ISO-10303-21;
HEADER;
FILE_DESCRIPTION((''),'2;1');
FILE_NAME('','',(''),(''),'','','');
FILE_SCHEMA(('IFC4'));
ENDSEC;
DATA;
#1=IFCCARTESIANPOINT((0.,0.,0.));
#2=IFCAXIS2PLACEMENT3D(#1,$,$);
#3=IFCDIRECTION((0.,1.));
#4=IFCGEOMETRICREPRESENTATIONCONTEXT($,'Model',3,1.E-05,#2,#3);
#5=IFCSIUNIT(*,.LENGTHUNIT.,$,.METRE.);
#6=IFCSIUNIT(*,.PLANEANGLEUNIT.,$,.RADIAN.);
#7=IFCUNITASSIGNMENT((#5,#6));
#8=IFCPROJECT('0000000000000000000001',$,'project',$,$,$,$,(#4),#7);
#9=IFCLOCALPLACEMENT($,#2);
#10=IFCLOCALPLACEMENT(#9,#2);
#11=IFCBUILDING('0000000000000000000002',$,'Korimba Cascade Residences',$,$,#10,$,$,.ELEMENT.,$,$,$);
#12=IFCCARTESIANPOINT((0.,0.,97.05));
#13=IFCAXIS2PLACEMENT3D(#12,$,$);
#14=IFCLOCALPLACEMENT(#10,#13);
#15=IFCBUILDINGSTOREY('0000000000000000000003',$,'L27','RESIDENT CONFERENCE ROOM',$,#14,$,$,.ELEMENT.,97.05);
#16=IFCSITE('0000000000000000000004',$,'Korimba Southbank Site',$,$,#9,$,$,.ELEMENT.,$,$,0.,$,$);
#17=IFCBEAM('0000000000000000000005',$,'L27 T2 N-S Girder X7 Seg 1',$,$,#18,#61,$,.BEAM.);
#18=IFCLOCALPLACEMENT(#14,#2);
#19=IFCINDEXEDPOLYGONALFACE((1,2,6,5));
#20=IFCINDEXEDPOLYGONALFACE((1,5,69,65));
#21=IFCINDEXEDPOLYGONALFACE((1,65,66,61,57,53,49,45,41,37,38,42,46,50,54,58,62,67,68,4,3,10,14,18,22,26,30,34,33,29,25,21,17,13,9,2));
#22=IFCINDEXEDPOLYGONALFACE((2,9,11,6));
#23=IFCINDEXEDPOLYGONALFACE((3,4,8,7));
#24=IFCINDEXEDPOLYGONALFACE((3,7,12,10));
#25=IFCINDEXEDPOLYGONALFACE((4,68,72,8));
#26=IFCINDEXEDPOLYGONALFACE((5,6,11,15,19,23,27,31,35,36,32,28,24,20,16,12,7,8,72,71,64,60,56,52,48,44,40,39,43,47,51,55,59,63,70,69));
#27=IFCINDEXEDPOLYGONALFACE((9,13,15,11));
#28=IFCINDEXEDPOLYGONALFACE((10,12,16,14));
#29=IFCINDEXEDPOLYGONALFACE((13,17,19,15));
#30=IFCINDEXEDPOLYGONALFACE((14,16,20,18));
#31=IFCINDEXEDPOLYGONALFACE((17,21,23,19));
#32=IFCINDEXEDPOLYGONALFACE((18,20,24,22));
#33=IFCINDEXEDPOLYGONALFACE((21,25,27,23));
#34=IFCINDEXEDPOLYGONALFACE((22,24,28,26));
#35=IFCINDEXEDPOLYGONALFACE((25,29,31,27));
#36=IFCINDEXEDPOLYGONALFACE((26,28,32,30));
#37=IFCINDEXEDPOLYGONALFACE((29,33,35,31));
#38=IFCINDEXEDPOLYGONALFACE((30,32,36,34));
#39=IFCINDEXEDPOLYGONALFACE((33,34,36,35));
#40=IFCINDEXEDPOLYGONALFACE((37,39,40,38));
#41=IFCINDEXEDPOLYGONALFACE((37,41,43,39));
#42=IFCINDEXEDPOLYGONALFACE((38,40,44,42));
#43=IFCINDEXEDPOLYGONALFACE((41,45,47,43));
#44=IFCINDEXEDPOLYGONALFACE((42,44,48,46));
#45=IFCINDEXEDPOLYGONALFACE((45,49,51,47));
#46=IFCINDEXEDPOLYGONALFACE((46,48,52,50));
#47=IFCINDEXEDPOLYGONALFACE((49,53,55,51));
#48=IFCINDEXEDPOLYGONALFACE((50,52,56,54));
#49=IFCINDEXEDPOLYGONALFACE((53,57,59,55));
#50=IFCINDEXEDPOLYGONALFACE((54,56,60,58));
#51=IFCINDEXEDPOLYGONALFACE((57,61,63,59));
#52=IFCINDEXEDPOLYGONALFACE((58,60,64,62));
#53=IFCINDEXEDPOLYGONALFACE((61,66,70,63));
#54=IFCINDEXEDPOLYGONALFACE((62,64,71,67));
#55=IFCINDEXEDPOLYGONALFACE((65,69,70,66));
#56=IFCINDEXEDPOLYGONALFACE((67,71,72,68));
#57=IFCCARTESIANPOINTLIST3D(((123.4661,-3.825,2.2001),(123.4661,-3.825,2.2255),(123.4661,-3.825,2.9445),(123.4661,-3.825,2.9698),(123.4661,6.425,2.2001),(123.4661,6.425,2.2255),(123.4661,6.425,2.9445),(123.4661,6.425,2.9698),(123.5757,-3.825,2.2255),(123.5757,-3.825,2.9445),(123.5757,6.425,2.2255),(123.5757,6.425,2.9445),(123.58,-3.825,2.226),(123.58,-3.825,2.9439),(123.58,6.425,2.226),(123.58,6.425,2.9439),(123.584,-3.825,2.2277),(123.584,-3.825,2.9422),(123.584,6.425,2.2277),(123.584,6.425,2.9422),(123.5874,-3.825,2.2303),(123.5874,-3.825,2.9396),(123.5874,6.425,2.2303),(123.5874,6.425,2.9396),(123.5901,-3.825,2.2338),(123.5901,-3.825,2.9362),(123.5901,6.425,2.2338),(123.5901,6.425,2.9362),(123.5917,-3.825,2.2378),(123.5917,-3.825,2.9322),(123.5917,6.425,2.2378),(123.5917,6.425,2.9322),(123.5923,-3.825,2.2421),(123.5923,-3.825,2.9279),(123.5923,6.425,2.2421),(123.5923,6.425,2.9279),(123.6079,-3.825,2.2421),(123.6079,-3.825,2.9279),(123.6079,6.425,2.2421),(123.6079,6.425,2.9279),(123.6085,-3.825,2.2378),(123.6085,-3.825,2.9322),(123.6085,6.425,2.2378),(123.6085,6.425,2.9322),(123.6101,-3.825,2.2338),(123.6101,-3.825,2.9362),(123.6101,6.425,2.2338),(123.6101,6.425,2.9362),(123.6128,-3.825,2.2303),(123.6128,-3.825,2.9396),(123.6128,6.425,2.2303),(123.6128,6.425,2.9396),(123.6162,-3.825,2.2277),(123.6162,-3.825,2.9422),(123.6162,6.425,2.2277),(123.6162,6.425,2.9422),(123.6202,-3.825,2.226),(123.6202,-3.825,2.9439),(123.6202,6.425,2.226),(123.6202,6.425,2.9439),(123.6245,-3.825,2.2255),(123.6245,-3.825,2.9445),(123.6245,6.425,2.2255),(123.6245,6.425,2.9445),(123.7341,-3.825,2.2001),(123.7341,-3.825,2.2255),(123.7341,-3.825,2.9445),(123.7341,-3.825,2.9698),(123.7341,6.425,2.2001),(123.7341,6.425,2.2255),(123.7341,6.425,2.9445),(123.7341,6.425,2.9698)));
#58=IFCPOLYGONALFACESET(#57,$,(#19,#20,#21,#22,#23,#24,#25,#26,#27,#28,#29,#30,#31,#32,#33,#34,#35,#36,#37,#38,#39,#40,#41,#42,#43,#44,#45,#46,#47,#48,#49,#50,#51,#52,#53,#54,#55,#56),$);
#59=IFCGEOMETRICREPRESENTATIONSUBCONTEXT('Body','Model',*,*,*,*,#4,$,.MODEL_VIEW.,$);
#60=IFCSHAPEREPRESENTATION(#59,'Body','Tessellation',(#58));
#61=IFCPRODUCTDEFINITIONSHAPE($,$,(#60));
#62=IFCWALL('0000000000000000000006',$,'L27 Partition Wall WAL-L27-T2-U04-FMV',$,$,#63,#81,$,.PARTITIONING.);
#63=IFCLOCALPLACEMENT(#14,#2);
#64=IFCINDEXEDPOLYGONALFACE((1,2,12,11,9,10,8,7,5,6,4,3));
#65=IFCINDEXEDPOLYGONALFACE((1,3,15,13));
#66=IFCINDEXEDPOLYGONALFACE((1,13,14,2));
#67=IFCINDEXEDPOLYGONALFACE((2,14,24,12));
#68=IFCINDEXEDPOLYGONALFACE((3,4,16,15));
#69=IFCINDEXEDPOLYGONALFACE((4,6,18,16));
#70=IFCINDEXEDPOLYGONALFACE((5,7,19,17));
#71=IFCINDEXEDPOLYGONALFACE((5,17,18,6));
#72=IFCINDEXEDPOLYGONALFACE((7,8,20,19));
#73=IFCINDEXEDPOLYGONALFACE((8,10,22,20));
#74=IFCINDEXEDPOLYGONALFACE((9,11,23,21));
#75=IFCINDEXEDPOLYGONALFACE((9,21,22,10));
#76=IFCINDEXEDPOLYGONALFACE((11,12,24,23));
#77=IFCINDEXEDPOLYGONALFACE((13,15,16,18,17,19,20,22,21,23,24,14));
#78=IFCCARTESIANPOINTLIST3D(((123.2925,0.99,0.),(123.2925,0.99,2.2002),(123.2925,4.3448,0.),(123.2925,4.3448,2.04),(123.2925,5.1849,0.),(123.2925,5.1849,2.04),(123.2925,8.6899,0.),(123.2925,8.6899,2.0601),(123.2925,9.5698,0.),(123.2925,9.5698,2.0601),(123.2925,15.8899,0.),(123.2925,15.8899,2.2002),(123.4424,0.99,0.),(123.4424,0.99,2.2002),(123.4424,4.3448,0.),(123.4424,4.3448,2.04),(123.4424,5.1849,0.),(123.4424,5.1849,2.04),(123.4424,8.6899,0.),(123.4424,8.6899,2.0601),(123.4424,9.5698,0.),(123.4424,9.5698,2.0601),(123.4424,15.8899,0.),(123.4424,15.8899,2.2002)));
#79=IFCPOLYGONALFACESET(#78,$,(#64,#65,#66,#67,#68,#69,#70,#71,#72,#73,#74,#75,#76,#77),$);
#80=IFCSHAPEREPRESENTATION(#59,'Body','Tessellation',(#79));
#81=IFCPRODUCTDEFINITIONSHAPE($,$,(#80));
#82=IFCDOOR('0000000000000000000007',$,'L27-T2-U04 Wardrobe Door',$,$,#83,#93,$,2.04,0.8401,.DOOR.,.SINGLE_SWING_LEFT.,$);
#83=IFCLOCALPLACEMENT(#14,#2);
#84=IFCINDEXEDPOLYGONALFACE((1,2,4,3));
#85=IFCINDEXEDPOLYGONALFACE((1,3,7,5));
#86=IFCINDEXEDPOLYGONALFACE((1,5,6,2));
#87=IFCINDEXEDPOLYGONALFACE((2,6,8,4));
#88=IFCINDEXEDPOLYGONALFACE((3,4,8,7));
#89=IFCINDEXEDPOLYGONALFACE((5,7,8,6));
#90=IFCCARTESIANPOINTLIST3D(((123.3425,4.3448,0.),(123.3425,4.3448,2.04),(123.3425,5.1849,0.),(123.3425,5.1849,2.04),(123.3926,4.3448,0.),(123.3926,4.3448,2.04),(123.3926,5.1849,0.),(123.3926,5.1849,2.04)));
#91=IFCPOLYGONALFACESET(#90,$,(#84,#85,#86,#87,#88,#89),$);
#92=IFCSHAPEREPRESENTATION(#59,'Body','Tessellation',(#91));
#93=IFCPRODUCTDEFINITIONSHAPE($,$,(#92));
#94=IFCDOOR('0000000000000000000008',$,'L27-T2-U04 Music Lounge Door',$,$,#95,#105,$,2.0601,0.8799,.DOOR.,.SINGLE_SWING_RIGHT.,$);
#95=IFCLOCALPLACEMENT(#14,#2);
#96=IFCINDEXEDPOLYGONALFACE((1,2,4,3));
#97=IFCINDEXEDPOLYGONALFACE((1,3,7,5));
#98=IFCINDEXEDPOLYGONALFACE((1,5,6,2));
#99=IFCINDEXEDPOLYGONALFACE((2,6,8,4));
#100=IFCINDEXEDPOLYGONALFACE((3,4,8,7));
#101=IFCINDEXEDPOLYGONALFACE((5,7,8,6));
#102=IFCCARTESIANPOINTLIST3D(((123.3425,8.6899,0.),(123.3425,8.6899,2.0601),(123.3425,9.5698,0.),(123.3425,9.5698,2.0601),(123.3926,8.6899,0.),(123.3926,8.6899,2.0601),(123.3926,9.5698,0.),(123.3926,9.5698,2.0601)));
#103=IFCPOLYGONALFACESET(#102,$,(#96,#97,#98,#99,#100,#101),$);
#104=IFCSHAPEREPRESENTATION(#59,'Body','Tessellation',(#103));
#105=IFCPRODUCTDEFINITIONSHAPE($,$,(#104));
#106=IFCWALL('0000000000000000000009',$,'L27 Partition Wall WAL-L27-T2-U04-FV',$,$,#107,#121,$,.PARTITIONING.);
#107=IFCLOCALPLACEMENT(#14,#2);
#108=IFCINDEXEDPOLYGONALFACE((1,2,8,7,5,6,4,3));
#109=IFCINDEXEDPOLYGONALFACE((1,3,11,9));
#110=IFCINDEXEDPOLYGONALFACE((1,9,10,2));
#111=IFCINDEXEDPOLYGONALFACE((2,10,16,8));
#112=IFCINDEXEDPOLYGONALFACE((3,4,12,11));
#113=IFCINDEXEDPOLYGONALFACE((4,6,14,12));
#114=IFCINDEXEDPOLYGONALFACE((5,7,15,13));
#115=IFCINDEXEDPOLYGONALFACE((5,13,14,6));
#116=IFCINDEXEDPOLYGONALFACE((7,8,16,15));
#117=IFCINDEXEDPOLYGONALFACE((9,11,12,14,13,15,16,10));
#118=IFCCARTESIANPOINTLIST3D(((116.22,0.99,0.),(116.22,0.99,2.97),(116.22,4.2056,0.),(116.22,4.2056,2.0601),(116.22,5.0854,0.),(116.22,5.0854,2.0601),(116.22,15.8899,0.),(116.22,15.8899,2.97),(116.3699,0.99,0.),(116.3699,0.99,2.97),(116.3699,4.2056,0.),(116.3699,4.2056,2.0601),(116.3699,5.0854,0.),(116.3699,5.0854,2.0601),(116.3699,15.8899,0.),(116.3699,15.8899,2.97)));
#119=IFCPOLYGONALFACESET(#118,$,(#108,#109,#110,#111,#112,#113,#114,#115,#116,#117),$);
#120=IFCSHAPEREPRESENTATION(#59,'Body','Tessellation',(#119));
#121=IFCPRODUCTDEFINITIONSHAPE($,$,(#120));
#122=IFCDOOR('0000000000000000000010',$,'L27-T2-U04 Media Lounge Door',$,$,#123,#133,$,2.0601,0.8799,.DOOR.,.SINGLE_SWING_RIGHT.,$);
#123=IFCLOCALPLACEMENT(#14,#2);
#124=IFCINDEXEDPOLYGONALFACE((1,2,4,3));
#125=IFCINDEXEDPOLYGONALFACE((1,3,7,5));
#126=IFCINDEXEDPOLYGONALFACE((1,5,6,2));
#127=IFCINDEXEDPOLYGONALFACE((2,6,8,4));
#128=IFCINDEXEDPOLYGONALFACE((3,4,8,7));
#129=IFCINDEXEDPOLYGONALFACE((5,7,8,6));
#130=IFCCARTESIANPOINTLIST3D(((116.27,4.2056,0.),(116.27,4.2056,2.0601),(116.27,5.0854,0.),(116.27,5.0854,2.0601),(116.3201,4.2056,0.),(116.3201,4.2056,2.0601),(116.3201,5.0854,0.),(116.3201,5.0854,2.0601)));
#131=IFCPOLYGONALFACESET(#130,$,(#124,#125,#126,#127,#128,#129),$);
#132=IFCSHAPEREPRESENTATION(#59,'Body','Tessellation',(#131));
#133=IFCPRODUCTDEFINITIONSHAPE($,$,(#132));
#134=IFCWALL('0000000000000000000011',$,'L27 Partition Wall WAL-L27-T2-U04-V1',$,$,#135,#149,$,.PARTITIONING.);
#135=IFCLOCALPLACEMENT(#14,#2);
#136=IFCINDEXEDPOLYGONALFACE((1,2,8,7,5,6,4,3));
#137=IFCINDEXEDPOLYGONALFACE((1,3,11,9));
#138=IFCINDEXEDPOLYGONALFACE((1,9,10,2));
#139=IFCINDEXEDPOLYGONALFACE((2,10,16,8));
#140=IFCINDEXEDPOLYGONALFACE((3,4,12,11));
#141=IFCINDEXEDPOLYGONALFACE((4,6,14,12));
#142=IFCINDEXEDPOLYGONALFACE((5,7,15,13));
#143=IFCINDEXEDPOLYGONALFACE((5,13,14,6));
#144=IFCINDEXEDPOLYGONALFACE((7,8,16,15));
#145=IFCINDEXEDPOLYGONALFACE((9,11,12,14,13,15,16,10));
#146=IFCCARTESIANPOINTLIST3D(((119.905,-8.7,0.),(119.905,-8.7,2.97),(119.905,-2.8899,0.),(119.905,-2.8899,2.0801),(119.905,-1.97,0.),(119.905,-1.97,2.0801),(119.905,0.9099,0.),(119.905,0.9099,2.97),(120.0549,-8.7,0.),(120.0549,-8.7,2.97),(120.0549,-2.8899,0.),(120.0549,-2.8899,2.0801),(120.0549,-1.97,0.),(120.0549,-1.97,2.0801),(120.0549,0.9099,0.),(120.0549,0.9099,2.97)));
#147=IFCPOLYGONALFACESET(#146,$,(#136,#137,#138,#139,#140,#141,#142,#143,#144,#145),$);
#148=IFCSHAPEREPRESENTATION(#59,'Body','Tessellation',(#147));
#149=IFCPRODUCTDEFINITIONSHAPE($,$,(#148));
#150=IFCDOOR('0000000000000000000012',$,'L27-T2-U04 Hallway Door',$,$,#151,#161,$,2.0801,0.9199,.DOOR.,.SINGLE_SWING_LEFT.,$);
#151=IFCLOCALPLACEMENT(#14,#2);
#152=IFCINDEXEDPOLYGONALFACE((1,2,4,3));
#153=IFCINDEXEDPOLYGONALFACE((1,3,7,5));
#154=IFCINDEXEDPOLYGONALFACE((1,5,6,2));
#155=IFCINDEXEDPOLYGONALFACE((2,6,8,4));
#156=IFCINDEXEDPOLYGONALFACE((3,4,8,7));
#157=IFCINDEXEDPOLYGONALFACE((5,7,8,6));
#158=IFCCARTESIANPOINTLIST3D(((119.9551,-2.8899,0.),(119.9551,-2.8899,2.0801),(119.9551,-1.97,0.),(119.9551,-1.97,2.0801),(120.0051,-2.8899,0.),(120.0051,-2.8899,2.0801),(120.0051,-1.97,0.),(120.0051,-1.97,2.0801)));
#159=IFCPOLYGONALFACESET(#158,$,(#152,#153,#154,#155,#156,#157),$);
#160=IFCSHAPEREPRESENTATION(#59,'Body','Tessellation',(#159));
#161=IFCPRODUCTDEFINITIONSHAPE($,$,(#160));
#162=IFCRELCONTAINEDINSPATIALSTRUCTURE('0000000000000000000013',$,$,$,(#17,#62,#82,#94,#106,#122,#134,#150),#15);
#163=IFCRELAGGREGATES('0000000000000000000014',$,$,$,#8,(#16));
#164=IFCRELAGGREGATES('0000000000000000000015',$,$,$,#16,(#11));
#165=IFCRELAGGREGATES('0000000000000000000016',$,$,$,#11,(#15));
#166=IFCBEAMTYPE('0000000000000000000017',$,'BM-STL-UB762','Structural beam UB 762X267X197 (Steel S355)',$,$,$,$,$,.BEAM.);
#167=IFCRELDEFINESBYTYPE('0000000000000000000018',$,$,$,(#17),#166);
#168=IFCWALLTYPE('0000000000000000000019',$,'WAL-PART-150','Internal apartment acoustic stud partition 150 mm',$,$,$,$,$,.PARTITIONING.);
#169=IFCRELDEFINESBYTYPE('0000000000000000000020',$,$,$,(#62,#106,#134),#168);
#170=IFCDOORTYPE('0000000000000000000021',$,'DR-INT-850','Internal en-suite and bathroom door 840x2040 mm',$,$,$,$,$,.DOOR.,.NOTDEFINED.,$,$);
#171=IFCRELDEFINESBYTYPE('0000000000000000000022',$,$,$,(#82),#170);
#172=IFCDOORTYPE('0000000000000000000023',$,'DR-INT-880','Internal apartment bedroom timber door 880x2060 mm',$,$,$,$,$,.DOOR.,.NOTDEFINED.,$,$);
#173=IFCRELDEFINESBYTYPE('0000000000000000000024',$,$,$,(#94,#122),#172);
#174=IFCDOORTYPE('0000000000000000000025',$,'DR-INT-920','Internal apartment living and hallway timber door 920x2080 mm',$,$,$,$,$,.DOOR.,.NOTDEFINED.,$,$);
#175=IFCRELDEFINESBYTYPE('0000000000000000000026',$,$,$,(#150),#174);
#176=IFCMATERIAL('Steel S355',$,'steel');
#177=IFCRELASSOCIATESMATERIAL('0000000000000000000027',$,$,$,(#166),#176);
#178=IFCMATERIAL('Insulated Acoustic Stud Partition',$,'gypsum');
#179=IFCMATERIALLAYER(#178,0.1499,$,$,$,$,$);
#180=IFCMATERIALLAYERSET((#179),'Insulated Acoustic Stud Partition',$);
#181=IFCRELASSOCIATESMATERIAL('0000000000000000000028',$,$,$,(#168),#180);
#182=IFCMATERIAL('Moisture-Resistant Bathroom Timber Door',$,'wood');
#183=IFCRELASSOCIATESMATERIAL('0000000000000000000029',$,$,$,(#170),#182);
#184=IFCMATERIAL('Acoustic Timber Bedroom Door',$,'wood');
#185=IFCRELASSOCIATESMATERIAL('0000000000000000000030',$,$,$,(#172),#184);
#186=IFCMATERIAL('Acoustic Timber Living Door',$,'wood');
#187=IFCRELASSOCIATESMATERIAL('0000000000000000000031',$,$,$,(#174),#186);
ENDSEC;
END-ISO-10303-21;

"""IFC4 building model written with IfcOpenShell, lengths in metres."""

from ifc_helpers import new_model, si_unit, direction, frame, frame_2d, origin, origin_2d, place, context, subcontext, project, spatial, rectangle, i_section, extrude, material, layer, layer_set, material_profile, profile_set, type_object, element, fill, save


model = new_model("IFC4")

# Units and contexts
model_context = context("Model", 3, precision=1e-05, world=origin(), true_north=direction((0.0, 1.0)))
body_context = subcontext(model_context, "Body", "Model", "MODEL_VIEW")
ifc_project = project(units=[si_unit("LENGTHUNIT", "METRE"), si_unit("PLANEANGLEUNIT", "RADIAN")], contexts=[model_context])

# Site, building, storey
site_placement = place(None, origin())
site = spatial("IfcSite", under=ifc_project, at=site_placement, Name="Korimba Southbank Site", CompositionType="ELEMENT", RefElevation=0.0)
building_placement = place(site_placement, origin())
building = spatial("IfcBuilding", under=site, at=building_placement, Name="Korimba Cascade Residences", CompositionType="ELEMENT")
storey_placement = place(building_placement, frame((0.0, 0.0, 97.05)))
storey = spatial("IfcBuildingStorey", under=building, at=storey_placement, Name="L27", Description="RESIDENT CONFERENCE ROOM", CompositionType="ELEMENT", Elevation=97.05)

# Beam
ifc_material_1 = material(Name="Steel S355", Category="steel")
ifc_material_profile_1 = material_profile(ifc_material_1, i_section(OverallWidth=0.2681, OverallDepth=0.7698, WebThickness=0.0156, FlangeThickness=0.0254, FilletRadius=0.0166, at=origin_2d()), Name="Steel S355")
ifc_profile_set_1 = profile_set([ifc_material_profile_1], Name="Steel S355")
beam_type_1 = type_object("IfcBeamType", Name="BM-STL-UB762", Description="Structural beam UB 762X267X197 (Steel S355)", PredefinedType="BEAM", material=ifc_profile_set_1)
for number, where, z_axis, x_axis, name in (
    (1, (123.6001, -3.825, 2.585), (0.0, 1.0, 0.0), (-1.0, 0.0, 0.0), "L27 T2 N-S Girder X7 Seg 1"),
):
    element("IfcBeam", number, at=place(storey_placement, frame(where, z_axis=z_axis, x_axis=x_axis)), inside=storey, type_object=beam_type_1, Name=name, PredefinedType="BEAM", context=body_context, shape_type="SweptSolid", body=[
        extrude(i_section(OverallWidth=0.2681, OverallDepth=0.7698, WebThickness=0.0156, FlangeThickness=0.0254, FilletRadius=0.0166, at=origin_2d()), origin(), (0.0, 0.0, 1.0), 10.25),
    ])

# Wall, openings, doors
ifc_material_2 = material(Name="Insulated Acoustic Stud Partition", Category="gypsum")
ifc_layer = layer(ifc_material_2, 0.1499)
ifc_layer_set = layer_set([ifc_layer], Name="Insulated Acoustic Stud Partition")
wall_type = type_object("IfcWallType", Name="WAL-PART-150", Description="Internal apartment acoustic stud partition 150 mm", PredefinedType="PARTITIONING", material=ifc_layer_set)
wall_1_placement = place(storey_placement, frame((123.3674, 0.99, 0.0), z_axis=(0.0, 0.0, 1.0), x_axis=(0.0, 1.0, 0.0)))
wall_1 = element("IfcWall", 2, at=wall_1_placement, inside=storey, type_object=wall_type, Name="L27 Partition Wall WAL-L27-T2-U04-FMV", PredefinedType="PARTITIONING", context=body_context, shape_type="SweptSolid", body=[
    extrude(rectangle(XDim=14.8999, YDim=0.1499, at=frame_2d((7.45, 0.0))), origin(), (0.0, 0.0, 1.0), 2.2002),
])
opening_1_placement = place(wall_1_placement, frame((3.355, 0.0, 0.0)))
opening_1 = element("IfcOpeningElement", 3, at=opening_1_placement, cuts=wall_1, PredefinedType="OPENING", context=body_context, shape_type="SweptSolid", body=[
    extrude(rectangle(XDim=0.8401, YDim=2.04, at=frame_2d((0.4199, 1.02))), frame((0.0, 0.085, 0.0), z_axis=(0.0, -1.0, 0.0), x_axis=(1.0, 0.0, 0.0)), (0.0, 0.0, 1.0), 0.1699),
])
opening_2_placement = place(wall_1_placement, frame((7.7, 0.0, 0.0)))
opening_2 = element("IfcOpeningElement", 4, at=opening_2_placement, cuts=wall_1, PredefinedType="OPENING", context=body_context, shape_type="SweptSolid", body=[
    extrude(rectangle(XDim=0.8799, YDim=2.0601, at=frame_2d((0.4399, 1.03))), frame((0.0, 0.085, 0.0), z_axis=(0.0, -1.0, 0.0), x_axis=(1.0, 0.0, 0.0)), (0.0, 0.0, 1.0), 0.1699),
])
ifc_material_3 = material(Name="Moisture-Resistant Bathroom Timber Door", Category="wood")
door_type_1 = type_object("IfcDoorType", Name="DR-INT-850", Description="Internal en-suite and bathroom door 840x2040 mm", OperationType="NOTDEFINED", PredefinedType="DOOR", material=ifc_material_3)
door_1_placement = place(opening_1_placement, origin())
door_1 = element("IfcDoor", 5, at=door_1_placement, inside=storey, type_object=door_type_1, Name="L27-T2-U04 Wardrobe Door", OperationType="SINGLE_SWING_LEFT", OverallHeight=2.04, OverallWidth=0.8401, PredefinedType="DOOR", context=body_context, shape_type="SweptSolid", body=[
    extrude(rectangle(XDim=0.8401, YDim=2.04, at=frame_2d((0.4199, 1.02))), frame((0.0, 0.0249, 0.0), z_axis=(0.0, -1.0, 0.0), x_axis=(1.0, 0.0, 0.0)), (0.0, 0.0, 1.0), 0.05),
])
fill(opening_1, door_1)
ifc_material_4 = material(Name="Acoustic Timber Bedroom Door", Category="wood")
door_type_2 = type_object("IfcDoorType", Name="DR-INT-880", Description="Internal apartment bedroom timber door 880x2060 mm", OperationType="NOTDEFINED", PredefinedType="DOOR", material=ifc_material_4)
door_2_placement = place(opening_2_placement, origin())
door_2 = element("IfcDoor", 6, at=door_2_placement, inside=storey, type_object=door_type_2, Name="L27-T2-U04 Music Lounge Door", OperationType="SINGLE_SWING_RIGHT", OverallHeight=2.0601, OverallWidth=0.8799, PredefinedType="DOOR", context=body_context, shape_type="SweptSolid", body=[
    extrude(rectangle(XDim=0.8799, YDim=2.0601, at=frame_2d((0.4399, 1.03))), frame((0.0, 0.0249, 0.0), z_axis=(0.0, -1.0, 0.0), x_axis=(1.0, 0.0, 0.0)), (0.0, 0.0, 1.0), 0.05),
])
fill(opening_2, door_2)

# Walls, openings, doors
wall_2_placement = place(storey_placement, frame((116.2949, 0.99, 0.0), z_axis=(0.0, 0.0, 1.0), x_axis=(0.0, 1.0, 0.0)))
wall_2 = element("IfcWall", 7, at=wall_2_placement, inside=storey, type_object=wall_type, Name="L27 Partition Wall WAL-L27-T2-U04-FV", PredefinedType="PARTITIONING", context=body_context, shape_type="SweptSolid", body=[
    extrude(rectangle(XDim=14.8999, YDim=0.1499, at=frame_2d((7.45, 0.0))), origin(), (0.0, 0.0, 1.0), 2.97),
])
opening_3_placement = place(wall_2_placement, frame((3.2156, 0.0, 0.0)))
opening_3 = element("IfcOpeningElement", 8, at=opening_3_placement, cuts=wall_2, PredefinedType="OPENING", context=body_context, shape_type="SweptSolid", body=[
    extrude(rectangle(XDim=0.8799, YDim=2.0601, at=frame_2d((0.4399, 1.03))), frame((0.0, 0.085, 0.0), z_axis=(0.0, -1.0, 0.0), x_axis=(1.0, 0.0, 0.0)), (0.0, 0.0, 1.0), 0.1699),
])
door_3_placement = place(opening_3_placement, origin())
door_3 = element("IfcDoor", 9, at=door_3_placement, inside=storey, type_object=door_type_2, Name="L27-T2-U04 Media Lounge Door", OperationType="SINGLE_SWING_RIGHT", OverallHeight=2.0601, OverallWidth=0.8799, PredefinedType="DOOR", context=body_context, shape_type="SweptSolid", body=[
    extrude(rectangle(XDim=0.8799, YDim=2.0601, at=frame_2d((0.4399, 1.03))), frame((0.0, 0.0249, 0.0), z_axis=(0.0, -1.0, 0.0), x_axis=(1.0, 0.0, 0.0)), (0.0, 0.0, 1.0), 0.05),
])
fill(opening_3, door_3)
wall_3_placement = place(storey_placement, frame((119.98, -8.7, 0.0), z_axis=(0.0, 0.0, 1.0), x_axis=(0.0, 1.0, 0.0)))
wall_3 = element("IfcWall", 10, at=wall_3_placement, inside=storey, type_object=wall_type, Name="L27 Partition Wall WAL-L27-T2-U04-V1", PredefinedType="PARTITIONING", context=body_context, shape_type="SweptSolid", body=[
    extrude(rectangle(XDim=9.6099, YDim=0.1499, at=frame_2d((4.8049, 0.0))), origin(), (0.0, 0.0, 1.0), 2.97),
])
opening_4_placement = place(wall_3_placement, frame((5.8101, 0.0, 0.0)))
opening_4 = element("IfcOpeningElement", 11, at=opening_4_placement, cuts=wall_3, PredefinedType="OPENING", context=body_context, shape_type="SweptSolid", body=[
    extrude(rectangle(XDim=0.9199, YDim=2.0801, at=frame_2d((0.46, 1.04))), frame((0.0, 0.085, 0.0), z_axis=(0.0, -1.0, 0.0), x_axis=(1.0, 0.0, 0.0)), (0.0, 0.0, 1.0), 0.1699),
])
ifc_material_5 = material(Name="Acoustic Timber Living Door", Category="wood")
door_type_3 = type_object("IfcDoorType", Name="DR-INT-920", Description="Internal apartment living and hallway timber door 920x2080 mm", OperationType="NOTDEFINED", PredefinedType="DOOR", material=ifc_material_5)
door_4_placement = place(opening_4_placement, origin())
door_4 = element("IfcDoor", 12, at=door_4_placement, inside=storey, type_object=door_type_3, Name="L27-T2-U04 Hallway Door", OperationType="SINGLE_SWING_LEFT", OverallHeight=2.0801, OverallWidth=0.9199, PredefinedType="DOOR", context=body_context, shape_type="SweptSolid", body=[
    extrude(rectangle(XDim=0.9199, YDim=2.0801, at=frame_2d((0.46, 1.04))), frame((0.0, 0.0249, 0.0), z_axis=(0.0, -1.0, 0.0), x_axis=(1.0, 0.0, 0.0)), (0.0, 0.0, 1.0), 0.05),
])
fill(opening_4, door_4)

save(model, "model.ifc")
